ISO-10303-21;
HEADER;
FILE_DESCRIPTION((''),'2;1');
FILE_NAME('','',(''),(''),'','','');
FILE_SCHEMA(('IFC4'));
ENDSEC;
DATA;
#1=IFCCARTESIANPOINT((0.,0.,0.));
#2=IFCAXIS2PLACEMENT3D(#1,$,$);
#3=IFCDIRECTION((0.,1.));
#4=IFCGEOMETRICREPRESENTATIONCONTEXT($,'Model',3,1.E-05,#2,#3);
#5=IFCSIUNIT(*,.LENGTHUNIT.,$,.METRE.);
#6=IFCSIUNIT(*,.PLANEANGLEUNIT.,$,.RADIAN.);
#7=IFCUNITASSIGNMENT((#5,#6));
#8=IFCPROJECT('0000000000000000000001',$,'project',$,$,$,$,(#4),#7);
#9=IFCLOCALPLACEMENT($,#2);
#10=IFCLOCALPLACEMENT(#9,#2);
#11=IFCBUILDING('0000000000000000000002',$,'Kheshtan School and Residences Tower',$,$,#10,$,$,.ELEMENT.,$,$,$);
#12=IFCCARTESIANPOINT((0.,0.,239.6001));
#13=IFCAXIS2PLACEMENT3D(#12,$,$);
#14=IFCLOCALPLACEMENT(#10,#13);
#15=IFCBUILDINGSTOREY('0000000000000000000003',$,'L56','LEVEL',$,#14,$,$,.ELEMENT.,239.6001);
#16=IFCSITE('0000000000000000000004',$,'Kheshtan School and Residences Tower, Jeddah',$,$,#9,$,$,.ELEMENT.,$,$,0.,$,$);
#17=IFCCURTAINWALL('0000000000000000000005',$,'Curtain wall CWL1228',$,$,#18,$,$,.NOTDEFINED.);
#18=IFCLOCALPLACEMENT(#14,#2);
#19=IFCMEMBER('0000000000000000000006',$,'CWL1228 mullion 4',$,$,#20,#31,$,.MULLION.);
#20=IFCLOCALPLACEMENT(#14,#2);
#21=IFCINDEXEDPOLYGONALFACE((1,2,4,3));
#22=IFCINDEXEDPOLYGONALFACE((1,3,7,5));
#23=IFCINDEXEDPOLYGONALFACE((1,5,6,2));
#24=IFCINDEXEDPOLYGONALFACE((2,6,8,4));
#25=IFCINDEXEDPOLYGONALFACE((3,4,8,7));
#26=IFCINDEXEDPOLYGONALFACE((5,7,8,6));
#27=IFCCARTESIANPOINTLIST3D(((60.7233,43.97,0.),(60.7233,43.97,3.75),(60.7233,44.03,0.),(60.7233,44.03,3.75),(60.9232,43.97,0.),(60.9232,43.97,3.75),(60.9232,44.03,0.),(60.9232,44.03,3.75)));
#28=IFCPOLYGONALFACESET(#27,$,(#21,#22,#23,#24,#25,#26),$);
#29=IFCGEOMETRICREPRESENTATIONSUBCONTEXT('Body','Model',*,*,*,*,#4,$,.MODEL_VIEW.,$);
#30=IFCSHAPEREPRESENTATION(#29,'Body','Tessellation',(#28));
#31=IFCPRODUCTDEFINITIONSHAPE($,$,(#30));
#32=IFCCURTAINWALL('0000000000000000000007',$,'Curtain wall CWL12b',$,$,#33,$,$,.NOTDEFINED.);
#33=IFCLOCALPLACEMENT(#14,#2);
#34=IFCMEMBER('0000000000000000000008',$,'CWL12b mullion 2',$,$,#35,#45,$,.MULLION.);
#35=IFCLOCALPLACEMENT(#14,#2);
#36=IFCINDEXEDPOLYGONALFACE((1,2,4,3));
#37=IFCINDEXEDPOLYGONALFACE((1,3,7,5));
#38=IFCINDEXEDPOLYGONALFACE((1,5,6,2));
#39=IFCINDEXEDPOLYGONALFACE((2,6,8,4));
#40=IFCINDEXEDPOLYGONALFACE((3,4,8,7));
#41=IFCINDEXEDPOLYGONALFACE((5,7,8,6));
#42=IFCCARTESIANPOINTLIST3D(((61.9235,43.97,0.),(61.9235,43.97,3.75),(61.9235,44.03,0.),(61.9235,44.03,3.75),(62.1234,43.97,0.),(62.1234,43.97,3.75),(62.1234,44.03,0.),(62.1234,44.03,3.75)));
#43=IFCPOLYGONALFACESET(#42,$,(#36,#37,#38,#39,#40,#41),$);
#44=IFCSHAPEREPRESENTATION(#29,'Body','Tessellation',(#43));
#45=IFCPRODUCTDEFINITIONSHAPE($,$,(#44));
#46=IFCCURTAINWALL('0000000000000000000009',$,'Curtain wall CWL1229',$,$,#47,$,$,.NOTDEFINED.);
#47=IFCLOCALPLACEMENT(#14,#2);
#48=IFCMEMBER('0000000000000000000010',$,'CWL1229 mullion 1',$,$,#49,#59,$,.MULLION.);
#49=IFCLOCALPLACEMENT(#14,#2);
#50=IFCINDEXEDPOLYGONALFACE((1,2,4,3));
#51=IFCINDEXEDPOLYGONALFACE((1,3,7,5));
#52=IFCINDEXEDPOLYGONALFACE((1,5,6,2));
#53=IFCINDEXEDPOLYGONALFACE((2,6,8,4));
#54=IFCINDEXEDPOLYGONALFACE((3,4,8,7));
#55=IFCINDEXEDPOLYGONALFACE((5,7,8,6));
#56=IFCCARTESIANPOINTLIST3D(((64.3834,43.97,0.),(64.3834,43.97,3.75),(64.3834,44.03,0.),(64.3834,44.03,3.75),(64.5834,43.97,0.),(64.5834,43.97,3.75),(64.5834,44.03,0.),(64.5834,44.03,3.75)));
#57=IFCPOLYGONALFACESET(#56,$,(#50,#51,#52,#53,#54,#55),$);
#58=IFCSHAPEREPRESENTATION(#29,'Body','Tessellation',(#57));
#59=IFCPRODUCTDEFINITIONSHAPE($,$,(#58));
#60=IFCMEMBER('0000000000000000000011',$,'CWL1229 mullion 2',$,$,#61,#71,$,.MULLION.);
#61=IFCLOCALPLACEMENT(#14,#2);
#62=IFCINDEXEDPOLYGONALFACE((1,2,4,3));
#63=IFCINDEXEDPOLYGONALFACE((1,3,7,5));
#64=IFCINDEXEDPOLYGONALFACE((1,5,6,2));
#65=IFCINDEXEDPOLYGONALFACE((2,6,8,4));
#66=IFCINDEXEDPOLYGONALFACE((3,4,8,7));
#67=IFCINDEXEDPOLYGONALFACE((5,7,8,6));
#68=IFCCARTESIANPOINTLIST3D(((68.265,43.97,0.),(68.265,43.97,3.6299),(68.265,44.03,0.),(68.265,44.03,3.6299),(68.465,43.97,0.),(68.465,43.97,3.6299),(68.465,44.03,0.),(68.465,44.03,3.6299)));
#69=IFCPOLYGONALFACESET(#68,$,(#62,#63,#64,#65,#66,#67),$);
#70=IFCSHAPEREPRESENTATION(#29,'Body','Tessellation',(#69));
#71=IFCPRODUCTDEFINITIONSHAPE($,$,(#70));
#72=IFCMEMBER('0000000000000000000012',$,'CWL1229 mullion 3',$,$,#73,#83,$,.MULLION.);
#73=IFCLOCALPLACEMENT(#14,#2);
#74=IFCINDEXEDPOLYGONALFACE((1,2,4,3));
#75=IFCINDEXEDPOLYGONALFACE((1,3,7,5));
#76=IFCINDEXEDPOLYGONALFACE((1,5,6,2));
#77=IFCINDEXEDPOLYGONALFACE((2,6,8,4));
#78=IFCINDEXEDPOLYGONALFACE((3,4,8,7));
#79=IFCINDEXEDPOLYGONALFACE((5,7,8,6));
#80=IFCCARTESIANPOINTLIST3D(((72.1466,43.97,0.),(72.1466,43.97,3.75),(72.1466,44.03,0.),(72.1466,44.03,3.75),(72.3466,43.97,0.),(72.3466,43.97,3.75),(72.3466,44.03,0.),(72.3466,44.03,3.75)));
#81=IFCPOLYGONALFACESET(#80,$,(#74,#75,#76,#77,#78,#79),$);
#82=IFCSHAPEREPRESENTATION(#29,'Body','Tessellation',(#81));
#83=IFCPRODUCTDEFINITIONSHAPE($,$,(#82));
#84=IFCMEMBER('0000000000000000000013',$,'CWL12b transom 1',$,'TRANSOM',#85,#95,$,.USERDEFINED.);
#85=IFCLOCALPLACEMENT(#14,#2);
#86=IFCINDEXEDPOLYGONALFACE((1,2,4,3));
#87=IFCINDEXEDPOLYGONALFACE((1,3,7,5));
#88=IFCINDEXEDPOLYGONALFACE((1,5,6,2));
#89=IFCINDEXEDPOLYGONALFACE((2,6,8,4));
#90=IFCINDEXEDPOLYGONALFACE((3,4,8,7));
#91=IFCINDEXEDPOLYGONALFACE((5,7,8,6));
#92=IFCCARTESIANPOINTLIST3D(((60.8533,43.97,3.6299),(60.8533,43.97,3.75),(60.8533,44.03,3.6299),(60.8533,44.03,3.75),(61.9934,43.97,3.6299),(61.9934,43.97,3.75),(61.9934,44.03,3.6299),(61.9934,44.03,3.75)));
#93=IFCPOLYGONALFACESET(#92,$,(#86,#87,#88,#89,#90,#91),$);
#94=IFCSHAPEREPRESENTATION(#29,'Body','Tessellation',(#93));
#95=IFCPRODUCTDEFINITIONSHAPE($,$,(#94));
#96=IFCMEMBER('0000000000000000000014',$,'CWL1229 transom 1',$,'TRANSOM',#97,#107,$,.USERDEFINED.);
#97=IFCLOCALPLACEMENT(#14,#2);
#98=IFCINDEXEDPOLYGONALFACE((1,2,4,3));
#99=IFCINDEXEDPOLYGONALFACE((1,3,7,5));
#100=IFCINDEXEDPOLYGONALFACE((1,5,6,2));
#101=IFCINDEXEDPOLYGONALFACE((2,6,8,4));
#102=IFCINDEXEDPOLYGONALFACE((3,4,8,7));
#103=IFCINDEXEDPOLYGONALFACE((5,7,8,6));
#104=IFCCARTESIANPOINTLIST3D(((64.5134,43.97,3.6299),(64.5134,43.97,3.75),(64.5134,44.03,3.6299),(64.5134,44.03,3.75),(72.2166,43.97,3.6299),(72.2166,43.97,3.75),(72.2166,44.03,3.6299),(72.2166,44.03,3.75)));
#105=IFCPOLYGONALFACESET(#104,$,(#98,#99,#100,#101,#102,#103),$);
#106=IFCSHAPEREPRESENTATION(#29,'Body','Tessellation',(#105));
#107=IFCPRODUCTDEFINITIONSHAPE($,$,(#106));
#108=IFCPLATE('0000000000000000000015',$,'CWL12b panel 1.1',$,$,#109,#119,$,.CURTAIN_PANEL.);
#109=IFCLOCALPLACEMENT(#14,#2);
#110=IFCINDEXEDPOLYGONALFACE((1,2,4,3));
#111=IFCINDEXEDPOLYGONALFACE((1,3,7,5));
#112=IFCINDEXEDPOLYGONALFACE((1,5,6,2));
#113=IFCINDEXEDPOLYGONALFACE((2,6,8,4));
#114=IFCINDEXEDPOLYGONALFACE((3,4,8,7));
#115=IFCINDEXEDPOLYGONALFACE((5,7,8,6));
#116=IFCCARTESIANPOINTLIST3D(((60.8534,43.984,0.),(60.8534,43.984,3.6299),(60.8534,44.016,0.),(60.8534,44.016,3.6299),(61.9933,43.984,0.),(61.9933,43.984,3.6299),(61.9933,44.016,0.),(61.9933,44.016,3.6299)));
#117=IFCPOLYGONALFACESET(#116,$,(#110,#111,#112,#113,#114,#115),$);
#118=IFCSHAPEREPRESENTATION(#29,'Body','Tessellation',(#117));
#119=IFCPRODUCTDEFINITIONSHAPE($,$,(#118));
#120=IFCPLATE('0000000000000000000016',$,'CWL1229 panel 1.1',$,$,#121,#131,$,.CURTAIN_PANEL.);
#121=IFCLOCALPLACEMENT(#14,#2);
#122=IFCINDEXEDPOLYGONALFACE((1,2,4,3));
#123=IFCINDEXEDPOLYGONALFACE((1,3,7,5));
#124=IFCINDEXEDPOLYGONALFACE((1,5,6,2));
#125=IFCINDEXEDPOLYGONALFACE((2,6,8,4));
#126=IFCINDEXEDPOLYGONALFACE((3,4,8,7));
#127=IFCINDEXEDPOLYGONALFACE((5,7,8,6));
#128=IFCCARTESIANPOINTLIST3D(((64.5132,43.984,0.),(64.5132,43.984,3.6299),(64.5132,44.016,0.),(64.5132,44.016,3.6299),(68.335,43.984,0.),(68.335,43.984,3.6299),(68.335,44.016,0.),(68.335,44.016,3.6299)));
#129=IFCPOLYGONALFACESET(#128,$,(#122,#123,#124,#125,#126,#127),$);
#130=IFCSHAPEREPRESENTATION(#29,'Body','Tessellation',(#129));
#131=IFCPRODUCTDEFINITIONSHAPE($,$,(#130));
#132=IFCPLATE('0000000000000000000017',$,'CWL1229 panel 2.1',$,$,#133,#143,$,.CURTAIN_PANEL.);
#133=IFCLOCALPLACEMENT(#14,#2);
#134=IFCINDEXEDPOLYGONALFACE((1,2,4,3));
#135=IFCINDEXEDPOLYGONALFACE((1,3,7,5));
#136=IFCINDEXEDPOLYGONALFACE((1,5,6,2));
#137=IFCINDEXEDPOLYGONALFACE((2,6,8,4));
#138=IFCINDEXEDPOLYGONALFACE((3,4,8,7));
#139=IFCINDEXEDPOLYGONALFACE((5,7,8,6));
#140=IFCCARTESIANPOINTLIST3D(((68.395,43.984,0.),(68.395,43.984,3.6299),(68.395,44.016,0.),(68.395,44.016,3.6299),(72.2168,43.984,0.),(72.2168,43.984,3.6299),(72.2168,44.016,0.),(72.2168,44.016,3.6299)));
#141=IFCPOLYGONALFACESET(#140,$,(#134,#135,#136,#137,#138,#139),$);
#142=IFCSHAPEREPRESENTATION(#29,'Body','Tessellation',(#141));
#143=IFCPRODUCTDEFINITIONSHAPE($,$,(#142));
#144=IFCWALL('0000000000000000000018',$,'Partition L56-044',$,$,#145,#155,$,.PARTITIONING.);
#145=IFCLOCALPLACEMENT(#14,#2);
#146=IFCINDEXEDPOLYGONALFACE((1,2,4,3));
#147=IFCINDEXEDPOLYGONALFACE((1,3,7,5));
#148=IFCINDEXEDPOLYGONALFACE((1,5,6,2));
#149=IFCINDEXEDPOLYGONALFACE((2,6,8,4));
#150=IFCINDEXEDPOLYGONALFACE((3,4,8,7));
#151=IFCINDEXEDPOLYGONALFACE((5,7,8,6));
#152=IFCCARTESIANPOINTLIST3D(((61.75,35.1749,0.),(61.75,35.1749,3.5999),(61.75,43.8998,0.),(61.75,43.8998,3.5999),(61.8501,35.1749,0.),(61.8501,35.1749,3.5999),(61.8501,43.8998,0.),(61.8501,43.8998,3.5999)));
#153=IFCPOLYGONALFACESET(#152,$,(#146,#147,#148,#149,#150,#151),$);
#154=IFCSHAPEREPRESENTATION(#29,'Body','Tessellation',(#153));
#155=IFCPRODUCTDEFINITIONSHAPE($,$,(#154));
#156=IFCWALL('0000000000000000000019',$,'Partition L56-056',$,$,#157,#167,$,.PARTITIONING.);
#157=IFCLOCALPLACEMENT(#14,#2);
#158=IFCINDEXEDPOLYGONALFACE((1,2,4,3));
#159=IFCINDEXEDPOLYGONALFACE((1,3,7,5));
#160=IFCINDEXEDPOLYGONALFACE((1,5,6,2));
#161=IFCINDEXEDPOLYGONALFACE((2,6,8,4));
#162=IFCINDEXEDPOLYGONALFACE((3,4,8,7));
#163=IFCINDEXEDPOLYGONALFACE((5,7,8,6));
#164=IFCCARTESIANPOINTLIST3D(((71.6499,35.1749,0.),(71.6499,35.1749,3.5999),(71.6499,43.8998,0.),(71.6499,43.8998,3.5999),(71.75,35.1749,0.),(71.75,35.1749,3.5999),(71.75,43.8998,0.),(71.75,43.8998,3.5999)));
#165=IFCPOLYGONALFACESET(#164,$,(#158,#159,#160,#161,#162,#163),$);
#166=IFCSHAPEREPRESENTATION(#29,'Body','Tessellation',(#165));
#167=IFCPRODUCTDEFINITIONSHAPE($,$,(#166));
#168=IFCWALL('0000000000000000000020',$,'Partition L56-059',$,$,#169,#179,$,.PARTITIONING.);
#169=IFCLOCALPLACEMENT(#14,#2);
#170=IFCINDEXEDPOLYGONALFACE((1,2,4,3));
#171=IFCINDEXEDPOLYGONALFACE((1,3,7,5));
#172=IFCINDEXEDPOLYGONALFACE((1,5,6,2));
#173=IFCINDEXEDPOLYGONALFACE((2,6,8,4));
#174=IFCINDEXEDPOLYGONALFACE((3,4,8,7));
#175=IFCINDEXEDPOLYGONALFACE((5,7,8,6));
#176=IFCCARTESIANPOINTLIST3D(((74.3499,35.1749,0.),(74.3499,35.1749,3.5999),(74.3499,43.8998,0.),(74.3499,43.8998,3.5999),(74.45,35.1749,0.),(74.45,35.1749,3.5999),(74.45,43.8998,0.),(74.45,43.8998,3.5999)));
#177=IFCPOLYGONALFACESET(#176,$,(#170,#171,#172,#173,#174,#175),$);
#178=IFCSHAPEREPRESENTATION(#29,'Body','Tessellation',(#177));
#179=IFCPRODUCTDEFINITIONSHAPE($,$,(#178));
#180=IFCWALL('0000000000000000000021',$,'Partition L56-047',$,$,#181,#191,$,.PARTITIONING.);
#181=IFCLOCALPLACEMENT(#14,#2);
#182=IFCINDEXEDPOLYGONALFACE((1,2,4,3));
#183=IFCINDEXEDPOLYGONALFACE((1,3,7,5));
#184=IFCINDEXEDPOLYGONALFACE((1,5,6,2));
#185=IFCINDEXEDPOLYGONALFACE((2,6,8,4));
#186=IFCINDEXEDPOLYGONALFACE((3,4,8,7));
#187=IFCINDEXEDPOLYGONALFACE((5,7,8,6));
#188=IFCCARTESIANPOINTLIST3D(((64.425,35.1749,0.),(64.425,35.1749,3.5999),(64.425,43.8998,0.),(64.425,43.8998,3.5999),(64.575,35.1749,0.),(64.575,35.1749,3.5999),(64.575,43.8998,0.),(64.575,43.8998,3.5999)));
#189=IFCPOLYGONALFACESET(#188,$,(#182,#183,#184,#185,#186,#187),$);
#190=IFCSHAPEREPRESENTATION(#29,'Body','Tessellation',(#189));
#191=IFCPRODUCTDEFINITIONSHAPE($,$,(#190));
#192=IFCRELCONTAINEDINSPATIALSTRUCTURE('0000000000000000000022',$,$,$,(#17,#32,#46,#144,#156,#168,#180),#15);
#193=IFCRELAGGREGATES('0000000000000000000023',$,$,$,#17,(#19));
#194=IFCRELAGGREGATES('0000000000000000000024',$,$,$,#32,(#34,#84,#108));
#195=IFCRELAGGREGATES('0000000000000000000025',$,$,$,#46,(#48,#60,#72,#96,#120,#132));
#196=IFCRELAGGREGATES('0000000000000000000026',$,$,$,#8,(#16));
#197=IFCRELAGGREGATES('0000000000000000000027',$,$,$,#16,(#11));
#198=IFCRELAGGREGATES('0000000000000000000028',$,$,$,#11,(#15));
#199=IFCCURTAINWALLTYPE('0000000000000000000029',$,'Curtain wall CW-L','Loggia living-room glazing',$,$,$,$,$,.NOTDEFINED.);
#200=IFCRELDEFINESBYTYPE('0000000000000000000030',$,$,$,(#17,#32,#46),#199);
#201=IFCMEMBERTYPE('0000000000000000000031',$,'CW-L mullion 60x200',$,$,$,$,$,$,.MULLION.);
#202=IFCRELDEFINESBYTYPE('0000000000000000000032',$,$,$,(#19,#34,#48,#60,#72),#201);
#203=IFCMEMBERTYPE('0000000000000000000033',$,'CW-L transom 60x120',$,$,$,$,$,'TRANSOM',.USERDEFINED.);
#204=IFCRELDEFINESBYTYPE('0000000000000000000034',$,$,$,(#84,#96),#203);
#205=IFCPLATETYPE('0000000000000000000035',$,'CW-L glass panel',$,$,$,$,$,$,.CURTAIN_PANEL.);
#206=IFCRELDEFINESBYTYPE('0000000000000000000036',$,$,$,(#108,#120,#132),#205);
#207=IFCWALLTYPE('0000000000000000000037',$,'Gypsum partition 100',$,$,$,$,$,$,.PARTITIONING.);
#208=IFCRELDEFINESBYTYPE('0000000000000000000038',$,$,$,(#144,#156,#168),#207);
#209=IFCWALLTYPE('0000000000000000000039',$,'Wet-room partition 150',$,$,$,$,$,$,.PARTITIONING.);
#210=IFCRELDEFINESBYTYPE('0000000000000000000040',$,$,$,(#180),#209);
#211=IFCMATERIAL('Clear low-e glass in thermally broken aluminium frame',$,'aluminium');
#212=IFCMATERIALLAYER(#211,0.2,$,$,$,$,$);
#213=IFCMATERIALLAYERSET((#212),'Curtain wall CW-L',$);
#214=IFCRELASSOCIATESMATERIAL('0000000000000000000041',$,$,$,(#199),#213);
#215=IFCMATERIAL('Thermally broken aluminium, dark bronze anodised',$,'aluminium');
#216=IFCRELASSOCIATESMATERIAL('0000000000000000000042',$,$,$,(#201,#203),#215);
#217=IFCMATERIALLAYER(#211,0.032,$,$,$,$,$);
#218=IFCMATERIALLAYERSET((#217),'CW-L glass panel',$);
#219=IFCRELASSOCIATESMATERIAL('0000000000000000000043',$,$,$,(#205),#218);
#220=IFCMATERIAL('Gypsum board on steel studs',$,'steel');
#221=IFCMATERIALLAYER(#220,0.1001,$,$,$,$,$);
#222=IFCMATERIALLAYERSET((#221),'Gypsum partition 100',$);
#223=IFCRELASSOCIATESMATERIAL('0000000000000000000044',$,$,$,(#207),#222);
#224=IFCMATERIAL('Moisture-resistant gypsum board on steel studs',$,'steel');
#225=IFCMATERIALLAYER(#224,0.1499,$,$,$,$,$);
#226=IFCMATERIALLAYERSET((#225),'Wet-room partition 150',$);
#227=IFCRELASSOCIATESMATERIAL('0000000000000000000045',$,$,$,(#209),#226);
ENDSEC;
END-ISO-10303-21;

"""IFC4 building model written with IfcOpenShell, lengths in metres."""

from ifc_helpers import new_model, si_unit, direction, frame, frame_2d, origin, origin_2d, place, context, subcontext, project, spatial, rectangle, extrude, material, layer, layer_set, material_profile, profile_set, type_object, element, aggregate, save


model = new_model("IFC4")

# Units and contexts
model_context = context("Model", 3, precision=1e-05, world=origin(), true_north=direction((0.0, 1.0)))
body_context = subcontext(model_context, "Body", "Model", "MODEL_VIEW")
ifc_project = project(units=[si_unit("LENGTHUNIT", "METRE"), si_unit("PLANEANGLEUNIT", "RADIAN")], contexts=[model_context])

# Site, building, storey
site_placement = place(None, origin())
site = spatial("IfcSite", under=ifc_project, at=site_placement, Name="Kheshtan School and Residences Tower, Jeddah", CompositionType="ELEMENT", RefElevation=0.0)
building_placement = place(site_placement, origin())
building = spatial("IfcBuilding", under=site, at=building_placement, Name="Kheshtan School and Residences Tower", CompositionType="ELEMENT")
storey_placement = place(building_placement, frame((0.0, 0.0, 239.6001)))
storey = spatial("IfcBuildingStorey", under=building, at=storey_placement, Name="L56", Description="LEVEL", CompositionType="ELEMENT", Elevation=239.6001)

# Curtain walls, members
ifc_material_1 = material(Name="Clear low-e glass in thermally broken aluminium frame", Category="aluminium")
ifc_layer_1 = layer(ifc_material_1, 0.2)
ifc_layer_set_1 = layer_set([ifc_layer_1], Name="Curtain wall CW-L")
curtain_wall_type = type_object("IfcCurtainWallType", Name="Curtain wall CW-L", Description="Loggia living-room glazing", PredefinedType="NOTDEFINED", material=ifc_layer_set_1)
curtain_wall_1_placement = place(storey_placement, origin())
curtain_wall_1 = element("IfcCurtainWall", 1, at=curtain_wall_1_placement, inside=storey, type_object=curtain_wall_type, Name="Curtain wall CWL1228", PredefinedType="NOTDEFINED")
ifc_material_2 = material(Name="Thermally broken aluminium, dark bronze anodised", Category="aluminium")
ifc_material_profile_1 = material_profile(ifc_material_2, rectangle(XDim=0.0601, YDim=0.2, at=origin_2d()), Name="CW-L mullion 60x200")
ifc_profile_set_1 = profile_set([ifc_material_profile_1], Name="Thermally broken aluminium, dark bronze anodised")
member_type_1 = type_object("IfcMemberType", Name="CW-L mullion 60x200", PredefinedType="MULLION", material=ifc_profile_set_1)
member_1_placement = place(storey_placement, frame((60.8232, 44.0, 0.0), z_axis=(0.0, 0.0, 1.0), x_axis=(0.0, 1.0, 0.0)))
member_1 = element("IfcMember", 2, at=member_1_placement, type_object=member_type_1, Name="CWL1228 mullion 4", PredefinedType="MULLION", context=body_context, shape_type="SweptSolid", body=[
    extrude(rectangle(XDim=0.0601, YDim=0.2, at=origin_2d()), origin(), (0.0, 0.0, 1.0), 3.75),
])
aggregate(curtain_wall_1, [member_1])
curtain_wall_2_placement = place(storey_placement, origin())
curtain_wall_2 = element("IfcCurtainWall", 3, at=curtain_wall_2_placement, inside=storey, type_object=curtain_wall_type, Name="Curtain wall CWL12b", PredefinedType="NOTDEFINED")
member_2_placement = place(storey_placement, frame((62.0234, 44.0, 0.0), z_axis=(0.0, 0.0, 1.0), x_axis=(0.0, 1.0, 0.0)))
member_2 = element("IfcMember", 4, at=member_2_placement, type_object=member_type_1, Name="CWL12b mullion 2", PredefinedType="MULLION", context=body_context, shape_type="SweptSolid", body=[
    extrude(rectangle(XDim=0.0601, YDim=0.2, at=origin_2d()), origin(), (0.0, 0.0, 1.0), 3.75),
])

# Curtain wall, members
curtain_wall_3_placement = place(storey_placement, origin())
curtain_wall_3 = element("IfcCurtainWall", 5, at=curtain_wall_3_placement, inside=storey, type_object=curtain_wall_type, Name="Curtain wall CWL1229", PredefinedType="NOTDEFINED")
member_3_placement = place(storey_placement, frame((64.4834, 44.0, 0.0), z_axis=(0.0, 0.0, 1.0), x_axis=(0.0, 1.0, 0.0)))
member_3 = element("IfcMember", 6, at=member_3_placement, type_object=member_type_1, Name="CWL1229 mullion 1", PredefinedType="MULLION", context=body_context, shape_type="SweptSolid", body=[
    extrude(rectangle(XDim=0.0601, YDim=0.2, at=origin_2d()), origin(), (0.0, 0.0, 1.0), 3.75),
])
member_4_placement = place(storey_placement, frame((68.365, 44.0, 0.0), z_axis=(0.0, 0.0, 1.0), x_axis=(0.0, 1.0, 0.0)))
member_4 = element("IfcMember", 7, at=member_4_placement, type_object=member_type_1, Name="CWL1229 mullion 2", PredefinedType="MULLION", context=body_context, shape_type="SweptSolid", body=[
    extrude(rectangle(XDim=0.0601, YDim=0.2, at=origin_2d()), origin(), (0.0, 0.0, 1.0), 3.6299),
])
member_5_placement = place(storey_placement, frame((72.2466, 44.0, 0.0), z_axis=(0.0, 0.0, 1.0), x_axis=(0.0, 1.0, 0.0)))
member_5 = element("IfcMember", 8, at=member_5_placement, type_object=member_type_1, Name="CWL1229 mullion 3", PredefinedType="MULLION", context=body_context, shape_type="SweptSolid", body=[
    extrude(rectangle(XDim=0.0601, YDim=0.2, at=origin_2d()), origin(), (0.0, 0.0, 1.0), 3.75),
])

# Members
ifc_material_profile_2 = material_profile(ifc_material_2, rectangle(XDim=0.0601, YDim=0.1201, at=origin_2d()), Name="CW-L transom 60x120")
ifc_profile_set_2 = profile_set([ifc_material_profile_2], Name="Thermally broken aluminium, dark bronze anodised")
member_type_2 = type_object("IfcMemberType", Name="CW-L transom 60x120", ElementType="TRANSOM", PredefinedType="USERDEFINED", material=ifc_profile_set_2)
member_6_placement = place(storey_placement, frame((60.8533, 44.0, 3.6899), z_axis=(1.0, 0.0, 0.0), x_axis=(0.0, 1.0, 0.0)))
member_6 = element("IfcMember", 9, at=member_6_placement, type_object=member_type_2, Name="CWL12b transom 1", ObjectType="TRANSOM", PredefinedType="USERDEFINED", context=body_context, shape_type="SweptSolid", body=[
    extrude(rectangle(XDim=0.0601, YDim=0.1201, at=origin_2d()), origin(), (0.0, 0.0, 1.0), 1.1401),
])
member_7_placement = place(storey_placement, frame((64.5134, 44.0, 3.6899), z_axis=(1.0, 0.0, 0.0), x_axis=(0.0, 1.0, 0.0)))
member_7 = element("IfcMember", 10, at=member_7_placement, type_object=member_type_2, Name="CWL1229 transom 1", ObjectType="TRANSOM", PredefinedType="USERDEFINED", context=body_context, shape_type="SweptSolid", body=[
    extrude(rectangle(XDim=0.0601, YDim=0.1201, at=origin_2d()), origin(), (0.0, 0.0, 1.0), 7.7031),
])

# Plates
ifc_layer_2 = layer(ifc_material_1, 0.032)
ifc_layer_set_2 = layer_set([ifc_layer_2], Name="CW-L glass panel")
plate_type = type_object("IfcPlateType", Name="CW-L glass panel", PredefinedType="CURTAIN_PANEL", material=ifc_layer_set_2)
plate_1_placement = place(storey_placement, frame((61.4233, 44.0, 0.0), z_axis=(0.0, 0.0, 1.0), x_axis=(1.0, 0.0, 0.0)))
plate_1 = element("IfcPlate", 11, at=plate_1_placement, type_object=plate_type, Name="CWL12b panel 1.1", PredefinedType="CURTAIN_PANEL", context=body_context, shape_type="SweptSolid", body=[
    extrude(rectangle(XDim=1.1399, YDim=0.032, at=origin_2d()), origin(), (0.0, 0.0, 1.0), 3.6299),
])
aggregate(curtain_wall_2, [member_2, member_6, plate_1])
plate_2_placement = place(storey_placement, frame((66.4241, 44.0, 0.0), z_axis=(0.0, 0.0, 1.0), x_axis=(1.0, 0.0, 0.0)))
plate_2 = element("IfcPlate", 12, at=plate_2_placement, type_object=plate_type, Name="CWL1229 panel 1.1", PredefinedType="CURTAIN_PANEL", context=body_context, shape_type="SweptSolid", body=[
    extrude(rectangle(XDim=3.8218, YDim=0.032, at=origin_2d()), origin(), (0.0, 0.0, 1.0), 3.6299),
])
plate_3_placement = place(storey_placement, frame((70.3059, 44.0, 0.0), z_axis=(0.0, 0.0, 1.0), x_axis=(1.0, 0.0, 0.0)))
plate_3 = element("IfcPlate", 13, at=plate_3_placement, type_object=plate_type, Name="CWL1229 panel 2.1", PredefinedType="CURTAIN_PANEL", context=body_context, shape_type="SweptSolid", body=[
    extrude(rectangle(XDim=3.8218, YDim=0.032, at=origin_2d()), origin(), (0.0, 0.0, 1.0), 3.6299),
])
aggregate(curtain_wall_3, [member_3, member_4, member_5, member_7, plate_2, plate_3])

# Walls
ifc_material_3 = material(Name="Gypsum board on steel studs", Category="steel")
ifc_layer_3 = layer(ifc_material_3, 0.1001)
ifc_layer_set_3 = layer_set([ifc_layer_3], Name="Gypsum partition 100")
wall_type_1 = type_object("IfcWallType", Name="Gypsum partition 100", PredefinedType="PARTITIONING", material=ifc_layer_set_3)
for number, where, z_axis, x_axis, name in (
    (14, (61.8, 35.175, 0.0), (0.0, 0.0, 1.0), (0.0, 1.0, 0.0), "Partition L56-044"),
    (15, (71.7, 35.175, 0.0), (0.0, 0.0, 1.0), (0.0, 1.0, 0.0), "Partition L56-056"),
    (16, (74.3999, 35.175, 0.0), (0.0, 0.0, 1.0), (0.0, 1.0, 0.0), "Partition L56-059"),
):
    element("IfcWall", number, at=place(storey_placement, frame(where, z_axis=z_axis, x_axis=x_axis)), inside=storey, type_object=wall_type_1, Name=name, PredefinedType="PARTITIONING", context=body_context, shape_type="SweptSolid", body=[
        extrude(rectangle(XDim=8.7249, YDim=0.1001, at=frame_2d((4.3623, 0.0))), origin(), (0.0, 0.0, 1.0), 3.5999),
    ])
ifc_material_4 = material(Name="Moisture-resistant gypsum board on steel studs", Category="steel")
ifc_layer_4 = layer(ifc_material_4, 0.1499)
ifc_layer_set_4 = layer_set([ifc_layer_4], Name="Wet-room partition 150")
wall_type_2 = type_object("IfcWallType", Name="Wet-room partition 150", PredefinedType="PARTITIONING", material=ifc_layer_set_4)
wall_1_placement = place(storey_placement, frame((64.5, 35.175, 0.0), z_axis=(0.0, 0.0, 1.0), x_axis=(0.0, 1.0, 0.0)))
element("IfcWall", 17, at=wall_1_placement, inside=storey, type_object=wall_type_2, Name="Partition L56-047", PredefinedType="PARTITIONING", context=body_context, shape_type="SweptSolid", body=[
    extrude(rectangle(XDim=8.7249, YDim=0.1499, at=frame_2d((4.3623, 0.0))), origin(), (0.0, 0.0, 1.0), 3.5999),
])

save(model, "model.ifc")
